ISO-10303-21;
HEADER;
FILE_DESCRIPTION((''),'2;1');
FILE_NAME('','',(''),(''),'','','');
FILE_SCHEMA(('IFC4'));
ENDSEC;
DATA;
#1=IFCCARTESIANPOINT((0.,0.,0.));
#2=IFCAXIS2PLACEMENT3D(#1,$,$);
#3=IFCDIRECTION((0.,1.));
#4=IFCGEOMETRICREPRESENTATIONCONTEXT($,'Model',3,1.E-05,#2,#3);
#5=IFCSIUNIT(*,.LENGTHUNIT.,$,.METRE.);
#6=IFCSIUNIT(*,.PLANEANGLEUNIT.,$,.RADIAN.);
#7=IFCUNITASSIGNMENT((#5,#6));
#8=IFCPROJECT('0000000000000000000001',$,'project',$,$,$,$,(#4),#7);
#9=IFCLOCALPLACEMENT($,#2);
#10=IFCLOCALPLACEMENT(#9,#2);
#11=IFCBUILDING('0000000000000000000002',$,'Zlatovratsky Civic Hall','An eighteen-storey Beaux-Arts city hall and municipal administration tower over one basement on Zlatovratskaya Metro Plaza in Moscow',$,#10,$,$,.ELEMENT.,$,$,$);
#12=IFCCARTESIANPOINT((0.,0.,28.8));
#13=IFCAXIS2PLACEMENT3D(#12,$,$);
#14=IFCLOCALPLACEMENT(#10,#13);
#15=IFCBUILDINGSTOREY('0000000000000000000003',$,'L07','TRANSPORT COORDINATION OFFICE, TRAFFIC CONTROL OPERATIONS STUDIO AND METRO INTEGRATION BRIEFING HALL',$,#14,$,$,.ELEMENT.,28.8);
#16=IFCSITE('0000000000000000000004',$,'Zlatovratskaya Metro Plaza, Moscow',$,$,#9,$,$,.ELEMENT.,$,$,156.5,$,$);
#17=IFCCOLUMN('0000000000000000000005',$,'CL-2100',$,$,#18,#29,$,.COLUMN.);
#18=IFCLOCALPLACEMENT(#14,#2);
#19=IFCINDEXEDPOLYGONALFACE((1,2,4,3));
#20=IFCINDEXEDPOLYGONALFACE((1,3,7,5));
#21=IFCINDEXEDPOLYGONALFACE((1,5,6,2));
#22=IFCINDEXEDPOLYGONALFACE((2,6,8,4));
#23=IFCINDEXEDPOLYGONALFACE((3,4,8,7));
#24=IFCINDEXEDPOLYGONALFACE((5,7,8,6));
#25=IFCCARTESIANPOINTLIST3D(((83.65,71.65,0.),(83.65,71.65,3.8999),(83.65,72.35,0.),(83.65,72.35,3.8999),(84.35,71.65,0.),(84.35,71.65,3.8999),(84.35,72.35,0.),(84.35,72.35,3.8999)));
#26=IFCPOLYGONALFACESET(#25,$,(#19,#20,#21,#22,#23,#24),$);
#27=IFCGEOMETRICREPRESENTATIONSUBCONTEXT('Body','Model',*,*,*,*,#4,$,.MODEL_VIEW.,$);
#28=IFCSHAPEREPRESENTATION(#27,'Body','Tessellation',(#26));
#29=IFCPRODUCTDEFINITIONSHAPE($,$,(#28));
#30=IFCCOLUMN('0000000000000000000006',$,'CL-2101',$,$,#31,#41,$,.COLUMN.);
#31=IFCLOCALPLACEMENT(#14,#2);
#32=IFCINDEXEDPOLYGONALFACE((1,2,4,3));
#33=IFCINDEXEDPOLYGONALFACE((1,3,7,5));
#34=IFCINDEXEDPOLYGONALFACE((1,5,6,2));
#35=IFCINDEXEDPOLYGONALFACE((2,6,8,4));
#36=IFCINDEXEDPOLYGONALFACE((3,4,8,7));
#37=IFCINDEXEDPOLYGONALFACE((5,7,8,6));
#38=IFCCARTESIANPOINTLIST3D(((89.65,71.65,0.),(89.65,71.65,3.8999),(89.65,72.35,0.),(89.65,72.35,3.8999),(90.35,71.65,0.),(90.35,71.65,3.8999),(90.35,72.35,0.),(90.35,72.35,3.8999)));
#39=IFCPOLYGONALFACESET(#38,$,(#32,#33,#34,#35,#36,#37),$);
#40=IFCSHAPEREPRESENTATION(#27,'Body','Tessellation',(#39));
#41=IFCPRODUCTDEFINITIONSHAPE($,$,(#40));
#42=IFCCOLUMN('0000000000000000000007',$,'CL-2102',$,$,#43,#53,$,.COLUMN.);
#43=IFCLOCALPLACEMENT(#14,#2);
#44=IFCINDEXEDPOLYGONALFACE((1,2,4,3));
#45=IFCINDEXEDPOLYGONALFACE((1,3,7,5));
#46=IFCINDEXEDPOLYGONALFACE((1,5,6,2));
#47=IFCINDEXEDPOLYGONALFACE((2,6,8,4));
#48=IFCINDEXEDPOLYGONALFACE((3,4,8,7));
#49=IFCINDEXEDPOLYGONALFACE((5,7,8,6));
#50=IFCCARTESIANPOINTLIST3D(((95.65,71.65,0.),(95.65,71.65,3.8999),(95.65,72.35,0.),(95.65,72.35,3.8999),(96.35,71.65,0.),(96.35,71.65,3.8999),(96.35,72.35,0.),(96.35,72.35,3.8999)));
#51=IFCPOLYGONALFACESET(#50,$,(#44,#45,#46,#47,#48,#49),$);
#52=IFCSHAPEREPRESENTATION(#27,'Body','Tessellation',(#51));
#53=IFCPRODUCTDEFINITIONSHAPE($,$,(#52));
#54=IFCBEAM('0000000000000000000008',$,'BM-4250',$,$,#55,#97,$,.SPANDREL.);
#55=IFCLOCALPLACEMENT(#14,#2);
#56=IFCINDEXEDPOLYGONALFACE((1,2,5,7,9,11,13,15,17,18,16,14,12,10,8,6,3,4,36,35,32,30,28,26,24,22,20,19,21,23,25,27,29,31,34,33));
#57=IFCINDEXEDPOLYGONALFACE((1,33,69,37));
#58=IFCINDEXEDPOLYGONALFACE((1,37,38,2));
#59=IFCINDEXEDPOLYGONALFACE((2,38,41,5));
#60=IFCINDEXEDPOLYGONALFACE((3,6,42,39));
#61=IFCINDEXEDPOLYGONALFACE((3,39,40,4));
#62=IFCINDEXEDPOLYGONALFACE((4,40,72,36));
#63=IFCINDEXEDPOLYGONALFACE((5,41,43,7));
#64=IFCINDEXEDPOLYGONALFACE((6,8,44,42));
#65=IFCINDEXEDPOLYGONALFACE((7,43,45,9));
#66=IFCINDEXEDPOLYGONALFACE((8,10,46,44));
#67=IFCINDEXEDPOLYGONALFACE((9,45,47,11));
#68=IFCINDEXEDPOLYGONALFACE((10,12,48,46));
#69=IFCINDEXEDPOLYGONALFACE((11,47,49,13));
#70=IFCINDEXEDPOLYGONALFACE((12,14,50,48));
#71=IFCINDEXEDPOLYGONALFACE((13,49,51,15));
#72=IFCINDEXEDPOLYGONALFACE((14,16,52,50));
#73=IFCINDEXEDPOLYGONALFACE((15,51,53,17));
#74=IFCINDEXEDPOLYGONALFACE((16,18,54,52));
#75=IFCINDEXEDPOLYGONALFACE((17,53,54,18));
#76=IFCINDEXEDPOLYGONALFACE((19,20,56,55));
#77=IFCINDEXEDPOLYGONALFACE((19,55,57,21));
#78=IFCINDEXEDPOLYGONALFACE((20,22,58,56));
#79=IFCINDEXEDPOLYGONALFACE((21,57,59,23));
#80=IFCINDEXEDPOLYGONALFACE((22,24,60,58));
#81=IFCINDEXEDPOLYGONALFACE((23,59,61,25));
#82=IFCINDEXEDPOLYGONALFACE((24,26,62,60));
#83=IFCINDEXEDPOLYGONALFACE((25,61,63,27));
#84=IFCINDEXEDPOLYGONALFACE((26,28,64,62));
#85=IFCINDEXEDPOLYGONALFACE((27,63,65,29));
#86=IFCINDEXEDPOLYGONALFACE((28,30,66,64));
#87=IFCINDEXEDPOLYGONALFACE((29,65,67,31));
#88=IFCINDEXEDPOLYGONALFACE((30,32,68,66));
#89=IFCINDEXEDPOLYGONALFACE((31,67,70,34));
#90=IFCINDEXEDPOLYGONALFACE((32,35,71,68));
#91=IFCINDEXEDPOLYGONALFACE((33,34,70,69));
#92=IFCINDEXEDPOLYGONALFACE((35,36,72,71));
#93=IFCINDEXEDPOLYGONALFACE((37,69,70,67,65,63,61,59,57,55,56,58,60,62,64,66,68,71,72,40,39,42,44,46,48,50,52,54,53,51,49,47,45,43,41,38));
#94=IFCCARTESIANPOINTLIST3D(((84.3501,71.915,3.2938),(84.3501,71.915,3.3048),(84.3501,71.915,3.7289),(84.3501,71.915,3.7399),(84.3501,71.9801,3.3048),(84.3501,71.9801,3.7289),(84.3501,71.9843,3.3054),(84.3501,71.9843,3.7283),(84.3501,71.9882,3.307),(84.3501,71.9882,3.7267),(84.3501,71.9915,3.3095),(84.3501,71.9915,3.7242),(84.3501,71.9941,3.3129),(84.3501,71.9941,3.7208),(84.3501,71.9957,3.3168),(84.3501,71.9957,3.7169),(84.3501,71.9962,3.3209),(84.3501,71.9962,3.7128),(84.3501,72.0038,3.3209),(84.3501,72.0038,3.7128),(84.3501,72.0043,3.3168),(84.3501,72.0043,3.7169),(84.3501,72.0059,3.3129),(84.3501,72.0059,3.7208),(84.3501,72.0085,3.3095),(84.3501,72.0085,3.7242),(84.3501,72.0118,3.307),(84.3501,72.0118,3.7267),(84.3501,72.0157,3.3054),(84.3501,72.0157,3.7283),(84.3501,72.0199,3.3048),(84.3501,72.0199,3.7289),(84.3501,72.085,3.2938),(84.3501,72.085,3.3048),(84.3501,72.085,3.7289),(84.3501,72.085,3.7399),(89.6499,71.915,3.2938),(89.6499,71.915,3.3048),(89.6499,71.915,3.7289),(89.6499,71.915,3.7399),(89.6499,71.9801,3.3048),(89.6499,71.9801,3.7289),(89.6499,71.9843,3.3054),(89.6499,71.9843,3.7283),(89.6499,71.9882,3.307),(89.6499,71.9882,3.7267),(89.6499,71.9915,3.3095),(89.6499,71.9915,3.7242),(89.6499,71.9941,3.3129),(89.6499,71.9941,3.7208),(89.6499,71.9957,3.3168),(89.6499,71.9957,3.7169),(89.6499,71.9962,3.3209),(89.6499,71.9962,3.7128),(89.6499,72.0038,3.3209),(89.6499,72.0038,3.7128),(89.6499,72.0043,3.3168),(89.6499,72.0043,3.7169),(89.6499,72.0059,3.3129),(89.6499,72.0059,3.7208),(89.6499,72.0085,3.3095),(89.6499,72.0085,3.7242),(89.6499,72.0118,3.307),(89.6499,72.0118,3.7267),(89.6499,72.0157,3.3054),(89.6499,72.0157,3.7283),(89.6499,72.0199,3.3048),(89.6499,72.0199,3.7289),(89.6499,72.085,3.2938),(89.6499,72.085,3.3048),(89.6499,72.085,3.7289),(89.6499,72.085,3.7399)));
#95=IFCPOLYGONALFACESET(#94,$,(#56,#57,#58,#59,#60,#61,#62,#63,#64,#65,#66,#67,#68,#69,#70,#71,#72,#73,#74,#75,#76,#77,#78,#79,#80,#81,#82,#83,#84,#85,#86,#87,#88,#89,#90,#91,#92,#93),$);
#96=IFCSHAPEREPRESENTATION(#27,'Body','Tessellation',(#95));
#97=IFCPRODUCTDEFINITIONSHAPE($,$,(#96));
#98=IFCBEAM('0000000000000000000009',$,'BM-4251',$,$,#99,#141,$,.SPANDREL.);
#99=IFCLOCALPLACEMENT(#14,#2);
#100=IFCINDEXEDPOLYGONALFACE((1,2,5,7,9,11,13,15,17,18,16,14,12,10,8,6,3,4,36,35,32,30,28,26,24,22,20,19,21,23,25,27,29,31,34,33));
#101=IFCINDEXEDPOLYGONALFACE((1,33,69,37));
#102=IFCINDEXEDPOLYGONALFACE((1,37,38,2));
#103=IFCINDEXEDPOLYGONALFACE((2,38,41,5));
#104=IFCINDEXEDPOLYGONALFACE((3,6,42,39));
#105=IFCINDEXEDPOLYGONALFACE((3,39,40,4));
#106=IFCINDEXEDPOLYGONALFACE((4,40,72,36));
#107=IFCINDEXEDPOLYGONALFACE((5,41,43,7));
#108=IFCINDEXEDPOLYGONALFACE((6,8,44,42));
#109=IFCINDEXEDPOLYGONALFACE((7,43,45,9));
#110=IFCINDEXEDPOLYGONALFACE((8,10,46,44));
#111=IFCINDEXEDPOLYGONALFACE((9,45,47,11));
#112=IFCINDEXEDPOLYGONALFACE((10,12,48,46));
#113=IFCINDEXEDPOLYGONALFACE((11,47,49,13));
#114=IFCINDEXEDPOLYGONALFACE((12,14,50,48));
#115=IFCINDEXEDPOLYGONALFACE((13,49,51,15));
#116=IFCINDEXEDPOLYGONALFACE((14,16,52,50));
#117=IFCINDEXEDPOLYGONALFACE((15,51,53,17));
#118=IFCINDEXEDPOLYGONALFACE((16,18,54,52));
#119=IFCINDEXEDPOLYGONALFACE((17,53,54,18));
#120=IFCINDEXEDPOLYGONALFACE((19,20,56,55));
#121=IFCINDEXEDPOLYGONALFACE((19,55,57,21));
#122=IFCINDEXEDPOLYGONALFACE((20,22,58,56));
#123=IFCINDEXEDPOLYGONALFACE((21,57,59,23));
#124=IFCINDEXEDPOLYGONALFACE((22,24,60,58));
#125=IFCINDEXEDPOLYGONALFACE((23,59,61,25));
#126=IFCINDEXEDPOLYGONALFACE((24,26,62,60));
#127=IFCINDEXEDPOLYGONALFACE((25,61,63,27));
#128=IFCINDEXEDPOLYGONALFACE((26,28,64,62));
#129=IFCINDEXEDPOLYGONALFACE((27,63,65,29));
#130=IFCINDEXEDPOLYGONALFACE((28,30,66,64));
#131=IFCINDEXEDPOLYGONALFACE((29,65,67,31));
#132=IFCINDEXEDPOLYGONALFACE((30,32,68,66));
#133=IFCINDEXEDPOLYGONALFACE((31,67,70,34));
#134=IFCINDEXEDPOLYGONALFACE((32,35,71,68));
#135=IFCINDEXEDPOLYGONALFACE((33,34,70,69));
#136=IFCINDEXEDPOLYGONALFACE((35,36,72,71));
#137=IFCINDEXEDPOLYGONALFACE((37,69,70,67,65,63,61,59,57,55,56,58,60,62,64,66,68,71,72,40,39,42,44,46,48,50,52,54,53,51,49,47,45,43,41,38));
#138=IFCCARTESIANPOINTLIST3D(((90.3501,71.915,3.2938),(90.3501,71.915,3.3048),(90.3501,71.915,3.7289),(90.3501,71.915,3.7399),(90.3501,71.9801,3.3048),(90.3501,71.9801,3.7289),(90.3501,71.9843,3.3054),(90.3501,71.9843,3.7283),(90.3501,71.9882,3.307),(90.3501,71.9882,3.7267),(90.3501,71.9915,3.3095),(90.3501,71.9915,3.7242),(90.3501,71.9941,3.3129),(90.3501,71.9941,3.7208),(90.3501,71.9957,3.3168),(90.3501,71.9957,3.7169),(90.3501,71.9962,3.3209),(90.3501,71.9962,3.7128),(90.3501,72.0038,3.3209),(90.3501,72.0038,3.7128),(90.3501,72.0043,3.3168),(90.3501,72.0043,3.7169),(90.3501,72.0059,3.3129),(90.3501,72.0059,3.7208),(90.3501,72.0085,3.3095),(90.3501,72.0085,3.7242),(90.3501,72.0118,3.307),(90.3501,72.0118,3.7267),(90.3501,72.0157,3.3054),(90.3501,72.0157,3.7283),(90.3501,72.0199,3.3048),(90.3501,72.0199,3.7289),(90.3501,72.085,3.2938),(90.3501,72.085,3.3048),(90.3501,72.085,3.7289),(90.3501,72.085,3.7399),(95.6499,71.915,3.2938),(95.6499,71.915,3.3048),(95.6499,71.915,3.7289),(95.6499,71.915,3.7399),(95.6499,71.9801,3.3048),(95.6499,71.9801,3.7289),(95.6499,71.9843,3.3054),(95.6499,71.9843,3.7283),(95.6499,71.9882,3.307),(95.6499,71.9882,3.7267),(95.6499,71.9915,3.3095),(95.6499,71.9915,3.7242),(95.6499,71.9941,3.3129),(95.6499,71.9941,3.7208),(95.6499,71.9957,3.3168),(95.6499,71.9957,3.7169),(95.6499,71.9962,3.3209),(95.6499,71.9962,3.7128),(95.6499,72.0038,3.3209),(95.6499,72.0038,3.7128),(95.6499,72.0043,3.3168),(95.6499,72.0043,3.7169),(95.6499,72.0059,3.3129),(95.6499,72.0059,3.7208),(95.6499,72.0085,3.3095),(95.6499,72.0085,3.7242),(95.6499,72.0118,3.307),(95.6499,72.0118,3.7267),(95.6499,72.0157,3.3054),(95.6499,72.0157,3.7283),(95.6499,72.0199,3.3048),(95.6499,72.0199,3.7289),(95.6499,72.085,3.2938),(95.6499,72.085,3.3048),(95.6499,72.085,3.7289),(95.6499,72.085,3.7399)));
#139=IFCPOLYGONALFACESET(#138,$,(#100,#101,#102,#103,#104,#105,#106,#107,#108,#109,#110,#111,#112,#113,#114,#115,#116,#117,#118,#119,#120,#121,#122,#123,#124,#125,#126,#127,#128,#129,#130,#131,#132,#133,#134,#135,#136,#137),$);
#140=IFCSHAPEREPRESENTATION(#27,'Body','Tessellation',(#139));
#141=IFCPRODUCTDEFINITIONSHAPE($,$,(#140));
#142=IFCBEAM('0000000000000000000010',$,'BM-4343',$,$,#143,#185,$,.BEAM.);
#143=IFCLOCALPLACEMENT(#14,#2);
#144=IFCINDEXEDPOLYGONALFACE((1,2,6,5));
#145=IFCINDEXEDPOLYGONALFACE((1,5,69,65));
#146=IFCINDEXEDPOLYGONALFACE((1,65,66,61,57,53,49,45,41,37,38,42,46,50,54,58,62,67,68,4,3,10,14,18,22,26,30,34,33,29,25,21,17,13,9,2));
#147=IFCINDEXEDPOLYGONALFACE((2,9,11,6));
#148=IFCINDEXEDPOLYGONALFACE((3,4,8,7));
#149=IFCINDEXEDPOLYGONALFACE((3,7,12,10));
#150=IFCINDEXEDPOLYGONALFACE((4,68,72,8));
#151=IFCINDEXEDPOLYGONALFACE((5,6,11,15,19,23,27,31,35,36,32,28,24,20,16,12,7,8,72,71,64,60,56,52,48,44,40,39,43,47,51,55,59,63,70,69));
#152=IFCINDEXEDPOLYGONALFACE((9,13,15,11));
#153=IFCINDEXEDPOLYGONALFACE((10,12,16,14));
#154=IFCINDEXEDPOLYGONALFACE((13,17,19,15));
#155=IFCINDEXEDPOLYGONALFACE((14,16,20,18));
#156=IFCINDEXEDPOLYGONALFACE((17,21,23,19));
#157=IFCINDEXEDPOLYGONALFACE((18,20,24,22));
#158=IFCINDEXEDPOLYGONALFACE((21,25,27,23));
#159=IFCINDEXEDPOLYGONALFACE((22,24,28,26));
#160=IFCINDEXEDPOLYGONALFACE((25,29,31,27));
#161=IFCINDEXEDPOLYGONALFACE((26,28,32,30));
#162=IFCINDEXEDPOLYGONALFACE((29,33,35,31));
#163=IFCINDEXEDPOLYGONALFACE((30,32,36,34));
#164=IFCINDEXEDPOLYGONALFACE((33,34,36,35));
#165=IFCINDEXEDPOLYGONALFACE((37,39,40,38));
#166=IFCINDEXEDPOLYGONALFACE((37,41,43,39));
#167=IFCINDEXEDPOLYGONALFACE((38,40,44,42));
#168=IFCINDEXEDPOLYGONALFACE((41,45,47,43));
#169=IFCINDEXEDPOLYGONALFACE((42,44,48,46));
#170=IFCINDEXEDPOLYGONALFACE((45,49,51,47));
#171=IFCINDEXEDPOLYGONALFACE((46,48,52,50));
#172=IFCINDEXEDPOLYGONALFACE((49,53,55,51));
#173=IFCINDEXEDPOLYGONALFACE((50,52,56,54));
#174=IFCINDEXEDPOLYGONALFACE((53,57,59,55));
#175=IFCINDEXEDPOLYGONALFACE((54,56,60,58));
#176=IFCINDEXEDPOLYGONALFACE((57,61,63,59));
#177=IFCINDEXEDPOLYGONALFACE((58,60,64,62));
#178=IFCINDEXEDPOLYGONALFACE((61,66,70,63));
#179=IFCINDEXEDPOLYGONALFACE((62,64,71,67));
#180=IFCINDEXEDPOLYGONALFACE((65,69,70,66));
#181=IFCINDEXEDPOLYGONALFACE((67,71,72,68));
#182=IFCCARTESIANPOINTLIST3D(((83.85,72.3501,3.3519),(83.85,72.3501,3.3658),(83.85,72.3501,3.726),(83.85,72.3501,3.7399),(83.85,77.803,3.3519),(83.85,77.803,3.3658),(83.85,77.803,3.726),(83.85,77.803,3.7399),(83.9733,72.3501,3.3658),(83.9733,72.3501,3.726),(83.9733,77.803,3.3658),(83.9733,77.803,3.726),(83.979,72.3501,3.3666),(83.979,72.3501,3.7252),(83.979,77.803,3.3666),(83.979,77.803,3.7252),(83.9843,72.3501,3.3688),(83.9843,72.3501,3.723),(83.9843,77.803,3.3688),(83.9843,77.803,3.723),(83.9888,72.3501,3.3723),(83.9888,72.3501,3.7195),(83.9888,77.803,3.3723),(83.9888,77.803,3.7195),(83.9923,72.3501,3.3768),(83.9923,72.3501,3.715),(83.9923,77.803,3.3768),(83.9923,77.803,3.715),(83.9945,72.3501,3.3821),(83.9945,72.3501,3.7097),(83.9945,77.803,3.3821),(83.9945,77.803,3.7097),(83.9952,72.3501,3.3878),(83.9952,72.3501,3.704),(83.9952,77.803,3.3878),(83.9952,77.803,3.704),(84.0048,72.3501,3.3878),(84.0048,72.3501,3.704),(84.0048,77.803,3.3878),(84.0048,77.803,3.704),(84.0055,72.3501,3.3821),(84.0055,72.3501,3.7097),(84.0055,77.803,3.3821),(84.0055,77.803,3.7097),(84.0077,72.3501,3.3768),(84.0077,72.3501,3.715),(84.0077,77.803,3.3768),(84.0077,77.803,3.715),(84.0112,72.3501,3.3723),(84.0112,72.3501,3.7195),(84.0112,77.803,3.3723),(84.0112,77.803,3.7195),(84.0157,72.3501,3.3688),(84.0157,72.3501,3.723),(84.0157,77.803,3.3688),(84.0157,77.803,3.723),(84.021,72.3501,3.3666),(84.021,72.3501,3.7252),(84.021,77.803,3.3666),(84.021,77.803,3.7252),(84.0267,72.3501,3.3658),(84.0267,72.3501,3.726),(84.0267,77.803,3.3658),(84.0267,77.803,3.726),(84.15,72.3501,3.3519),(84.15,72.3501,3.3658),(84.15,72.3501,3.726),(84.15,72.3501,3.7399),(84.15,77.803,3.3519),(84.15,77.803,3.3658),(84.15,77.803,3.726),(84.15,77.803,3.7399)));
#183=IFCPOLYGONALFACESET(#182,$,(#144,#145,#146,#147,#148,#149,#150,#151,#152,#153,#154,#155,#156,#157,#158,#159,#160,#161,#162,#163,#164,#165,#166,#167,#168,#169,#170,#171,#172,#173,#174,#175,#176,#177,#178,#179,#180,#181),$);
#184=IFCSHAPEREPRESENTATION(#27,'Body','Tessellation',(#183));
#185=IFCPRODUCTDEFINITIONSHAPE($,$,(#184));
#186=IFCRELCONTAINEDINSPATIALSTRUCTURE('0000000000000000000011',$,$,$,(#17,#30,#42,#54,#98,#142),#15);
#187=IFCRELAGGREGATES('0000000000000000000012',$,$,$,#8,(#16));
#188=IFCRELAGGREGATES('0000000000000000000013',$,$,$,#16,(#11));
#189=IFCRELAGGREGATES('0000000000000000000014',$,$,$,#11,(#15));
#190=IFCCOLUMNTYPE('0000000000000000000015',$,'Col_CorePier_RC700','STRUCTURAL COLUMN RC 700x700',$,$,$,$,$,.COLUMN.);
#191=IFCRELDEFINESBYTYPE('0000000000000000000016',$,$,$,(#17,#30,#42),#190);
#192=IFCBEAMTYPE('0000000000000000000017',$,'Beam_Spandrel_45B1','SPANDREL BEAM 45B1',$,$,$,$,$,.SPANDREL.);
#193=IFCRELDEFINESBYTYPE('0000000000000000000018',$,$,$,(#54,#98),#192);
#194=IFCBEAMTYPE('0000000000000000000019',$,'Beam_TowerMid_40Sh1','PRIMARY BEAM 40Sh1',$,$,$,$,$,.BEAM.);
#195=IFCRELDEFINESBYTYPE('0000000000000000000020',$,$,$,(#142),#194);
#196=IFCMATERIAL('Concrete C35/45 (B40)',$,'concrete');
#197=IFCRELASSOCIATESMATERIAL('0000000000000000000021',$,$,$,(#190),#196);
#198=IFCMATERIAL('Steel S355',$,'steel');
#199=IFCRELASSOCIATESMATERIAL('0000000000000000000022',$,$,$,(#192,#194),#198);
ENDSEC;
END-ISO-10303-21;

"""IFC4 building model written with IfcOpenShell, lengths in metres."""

from ifc_helpers import new_model, si_unit, direction, frame, origin, origin_2d, place, context, subcontext, project, spatial, rectangle, i_section, extrude, material, material_profile, profile_set, type_object, element, save


model = new_model("IFC4")

# Units and contexts
model_context = context("Model", 3, precision=1e-05, world=origin(), true_north=direction((0.0, 1.0)))
body_context = subcontext(model_context, "Body", "Model", "MODEL_VIEW")
ifc_project = project(units=[si_unit("LENGTHUNIT", "METRE"), si_unit("PLANEANGLEUNIT", "RADIAN")], contexts=[model_context])

# Site, building, storey
site_placement = place(None, origin())
site = spatial("IfcSite", under=ifc_project, at=site_placement, Name="Zlatovratskaya Metro Plaza, Moscow", CompositionType="ELEMENT", RefElevation=156.5)
building_placement = place(site_placement, origin())
building = spatial("IfcBuilding", under=site, at=building_placement, Name="Zlatovratsky Civic Hall", Description="An eighteen-storey Beaux-Arts city hall and municipal administration tower over one basement on Zlatovratskaya Metro Plaza in Moscow", CompositionType="ELEMENT")
storey_placement = place(building_placement, frame((0.0, 0.0, 28.8)))
storey = spatial("IfcBuildingStorey", under=building, at=storey_placement, Name="L07", Description="TRANSPORT COORDINATION OFFICE, TRAFFIC CONTROL OPERATIONS STUDIO AND METRO INTEGRATION BRIEFING HALL", CompositionType="ELEMENT", Elevation=28.8)

# Columns
ifc_material_1 = material(Name="Concrete C35/45 (B40)", Category="concrete")
ifc_material_profile_1 = material_profile(ifc_material_1, rectangle(XDim=0.7, YDim=0.7, at=origin_2d()), Name="RC 700x700")
ifc_profile_set_1 = profile_set([ifc_material_profile_1], Name="Concrete C35/45 (B40)")
column_type = type_object("IfcColumnType", Name="Col_CorePier_RC700", Description="STRUCTURAL COLUMN RC 700x700", PredefinedType="COLUMN", material=ifc_profile_set_1)
for number, where, z_axis, x_axis, name in (
    (1, (84.0, 72.0, 0.0), (0.0, 0.0, 1.0), (1.0, 0.0, 0.0), "CL-2100"),
    (2, (90.0, 72.0, 0.0), (0.0, 0.0, 1.0), (1.0, 0.0, 0.0), "CL-2101"),
    (3, (96.0, 72.0, 0.0), (0.0, 0.0, 1.0), (1.0, 0.0, 0.0), "CL-2102"),
):
    element("IfcColumn", number, at=place(storey_placement, frame(where, z_axis=z_axis, x_axis=x_axis)), inside=storey, type_object=column_type, Name=name, PredefinedType="COLUMN", context=body_context, shape_type="SweptSolid", body=[
        extrude(rectangle(XDim=0.7, YDim=0.7, at=origin_2d()), origin(), (0.0, 0.0, 1.0), 3.8999),
    ])

# Beams
ifc_material_2 = material(Name="Steel S355", Category="steel")
ifc_material_profile_2 = material_profile(ifc_material_2, i_section(OverallWidth=0.1699, OverallDepth=0.446, WebThickness=0.0076, FlangeThickness=0.011, FilletRadius=0.0161, at=origin_2d()), Name="45B1")
ifc_profile_set_2 = profile_set([ifc_material_profile_2], Name="Steel S355")
beam_type_1 = type_object("IfcBeamType", Name="Beam_Spandrel_45B1", Description="SPANDREL BEAM 45B1", PredefinedType="SPANDREL", material=ifc_profile_set_2)
for number, where, z_axis, x_axis, name in (
    (4, (84.3501, 72.0, 3.5168), (1.0, 0.0, 0.0), (0.0, 1.0, 0.0), "BM-4250"),
    (5, (90.3501, 72.0, 3.5168), (1.0, 0.0, 0.0), (0.0, 1.0, 0.0), "BM-4251"),
):
    element("IfcBeam", number, at=place(storey_placement, frame(where, z_axis=z_axis, x_axis=x_axis)), inside=storey, type_object=beam_type_1, Name=name, PredefinedType="SPANDREL", context=body_context, shape_type="SweptSolid", body=[
        extrude(i_section(OverallWidth=0.1699, OverallDepth=0.446, WebThickness=0.0076, FlangeThickness=0.011, FilletRadius=0.0161, at=origin_2d()), origin(), (0.0, 0.0, 1.0), 5.2998),
    ])
ifc_material_profile_3 = material_profile(ifc_material_2, i_section(OverallWidth=0.3, OverallDepth=0.3879, WebThickness=0.0095, FlangeThickness=0.0139, FilletRadius=0.022, at=origin_2d()), Name="40Sh1")
ifc_profile_set_3 = profile_set([ifc_material_profile_3], Name="Steel S355")
beam_type_2 = type_object("IfcBeamType", Name="Beam_TowerMid_40Sh1", Description="PRIMARY BEAM 40Sh1", PredefinedType="BEAM", material=ifc_profile_set_3)
for number, where, z_axis, x_axis, name in (
    (6, (84.0, 72.3501, 3.5459), (0.0, 1.0, 0.0), (-1.0, 0.0, 0.0), "BM-4343"),
):
    element("IfcBeam", number, at=place(storey_placement, frame(where, z_axis=z_axis, x_axis=x_axis)), inside=storey, type_object=beam_type_2, Name=name, PredefinedType="BEAM", context=body_context, shape_type="SweptSolid", body=[
        extrude(i_section(OverallWidth=0.3, OverallDepth=0.3879, WebThickness=0.0095, FlangeThickness=0.0139, FilletRadius=0.022, at=origin_2d()), origin(), (0.0, 0.0, 1.0), 5.4529),
    ])

save(model, "model.ifc")
